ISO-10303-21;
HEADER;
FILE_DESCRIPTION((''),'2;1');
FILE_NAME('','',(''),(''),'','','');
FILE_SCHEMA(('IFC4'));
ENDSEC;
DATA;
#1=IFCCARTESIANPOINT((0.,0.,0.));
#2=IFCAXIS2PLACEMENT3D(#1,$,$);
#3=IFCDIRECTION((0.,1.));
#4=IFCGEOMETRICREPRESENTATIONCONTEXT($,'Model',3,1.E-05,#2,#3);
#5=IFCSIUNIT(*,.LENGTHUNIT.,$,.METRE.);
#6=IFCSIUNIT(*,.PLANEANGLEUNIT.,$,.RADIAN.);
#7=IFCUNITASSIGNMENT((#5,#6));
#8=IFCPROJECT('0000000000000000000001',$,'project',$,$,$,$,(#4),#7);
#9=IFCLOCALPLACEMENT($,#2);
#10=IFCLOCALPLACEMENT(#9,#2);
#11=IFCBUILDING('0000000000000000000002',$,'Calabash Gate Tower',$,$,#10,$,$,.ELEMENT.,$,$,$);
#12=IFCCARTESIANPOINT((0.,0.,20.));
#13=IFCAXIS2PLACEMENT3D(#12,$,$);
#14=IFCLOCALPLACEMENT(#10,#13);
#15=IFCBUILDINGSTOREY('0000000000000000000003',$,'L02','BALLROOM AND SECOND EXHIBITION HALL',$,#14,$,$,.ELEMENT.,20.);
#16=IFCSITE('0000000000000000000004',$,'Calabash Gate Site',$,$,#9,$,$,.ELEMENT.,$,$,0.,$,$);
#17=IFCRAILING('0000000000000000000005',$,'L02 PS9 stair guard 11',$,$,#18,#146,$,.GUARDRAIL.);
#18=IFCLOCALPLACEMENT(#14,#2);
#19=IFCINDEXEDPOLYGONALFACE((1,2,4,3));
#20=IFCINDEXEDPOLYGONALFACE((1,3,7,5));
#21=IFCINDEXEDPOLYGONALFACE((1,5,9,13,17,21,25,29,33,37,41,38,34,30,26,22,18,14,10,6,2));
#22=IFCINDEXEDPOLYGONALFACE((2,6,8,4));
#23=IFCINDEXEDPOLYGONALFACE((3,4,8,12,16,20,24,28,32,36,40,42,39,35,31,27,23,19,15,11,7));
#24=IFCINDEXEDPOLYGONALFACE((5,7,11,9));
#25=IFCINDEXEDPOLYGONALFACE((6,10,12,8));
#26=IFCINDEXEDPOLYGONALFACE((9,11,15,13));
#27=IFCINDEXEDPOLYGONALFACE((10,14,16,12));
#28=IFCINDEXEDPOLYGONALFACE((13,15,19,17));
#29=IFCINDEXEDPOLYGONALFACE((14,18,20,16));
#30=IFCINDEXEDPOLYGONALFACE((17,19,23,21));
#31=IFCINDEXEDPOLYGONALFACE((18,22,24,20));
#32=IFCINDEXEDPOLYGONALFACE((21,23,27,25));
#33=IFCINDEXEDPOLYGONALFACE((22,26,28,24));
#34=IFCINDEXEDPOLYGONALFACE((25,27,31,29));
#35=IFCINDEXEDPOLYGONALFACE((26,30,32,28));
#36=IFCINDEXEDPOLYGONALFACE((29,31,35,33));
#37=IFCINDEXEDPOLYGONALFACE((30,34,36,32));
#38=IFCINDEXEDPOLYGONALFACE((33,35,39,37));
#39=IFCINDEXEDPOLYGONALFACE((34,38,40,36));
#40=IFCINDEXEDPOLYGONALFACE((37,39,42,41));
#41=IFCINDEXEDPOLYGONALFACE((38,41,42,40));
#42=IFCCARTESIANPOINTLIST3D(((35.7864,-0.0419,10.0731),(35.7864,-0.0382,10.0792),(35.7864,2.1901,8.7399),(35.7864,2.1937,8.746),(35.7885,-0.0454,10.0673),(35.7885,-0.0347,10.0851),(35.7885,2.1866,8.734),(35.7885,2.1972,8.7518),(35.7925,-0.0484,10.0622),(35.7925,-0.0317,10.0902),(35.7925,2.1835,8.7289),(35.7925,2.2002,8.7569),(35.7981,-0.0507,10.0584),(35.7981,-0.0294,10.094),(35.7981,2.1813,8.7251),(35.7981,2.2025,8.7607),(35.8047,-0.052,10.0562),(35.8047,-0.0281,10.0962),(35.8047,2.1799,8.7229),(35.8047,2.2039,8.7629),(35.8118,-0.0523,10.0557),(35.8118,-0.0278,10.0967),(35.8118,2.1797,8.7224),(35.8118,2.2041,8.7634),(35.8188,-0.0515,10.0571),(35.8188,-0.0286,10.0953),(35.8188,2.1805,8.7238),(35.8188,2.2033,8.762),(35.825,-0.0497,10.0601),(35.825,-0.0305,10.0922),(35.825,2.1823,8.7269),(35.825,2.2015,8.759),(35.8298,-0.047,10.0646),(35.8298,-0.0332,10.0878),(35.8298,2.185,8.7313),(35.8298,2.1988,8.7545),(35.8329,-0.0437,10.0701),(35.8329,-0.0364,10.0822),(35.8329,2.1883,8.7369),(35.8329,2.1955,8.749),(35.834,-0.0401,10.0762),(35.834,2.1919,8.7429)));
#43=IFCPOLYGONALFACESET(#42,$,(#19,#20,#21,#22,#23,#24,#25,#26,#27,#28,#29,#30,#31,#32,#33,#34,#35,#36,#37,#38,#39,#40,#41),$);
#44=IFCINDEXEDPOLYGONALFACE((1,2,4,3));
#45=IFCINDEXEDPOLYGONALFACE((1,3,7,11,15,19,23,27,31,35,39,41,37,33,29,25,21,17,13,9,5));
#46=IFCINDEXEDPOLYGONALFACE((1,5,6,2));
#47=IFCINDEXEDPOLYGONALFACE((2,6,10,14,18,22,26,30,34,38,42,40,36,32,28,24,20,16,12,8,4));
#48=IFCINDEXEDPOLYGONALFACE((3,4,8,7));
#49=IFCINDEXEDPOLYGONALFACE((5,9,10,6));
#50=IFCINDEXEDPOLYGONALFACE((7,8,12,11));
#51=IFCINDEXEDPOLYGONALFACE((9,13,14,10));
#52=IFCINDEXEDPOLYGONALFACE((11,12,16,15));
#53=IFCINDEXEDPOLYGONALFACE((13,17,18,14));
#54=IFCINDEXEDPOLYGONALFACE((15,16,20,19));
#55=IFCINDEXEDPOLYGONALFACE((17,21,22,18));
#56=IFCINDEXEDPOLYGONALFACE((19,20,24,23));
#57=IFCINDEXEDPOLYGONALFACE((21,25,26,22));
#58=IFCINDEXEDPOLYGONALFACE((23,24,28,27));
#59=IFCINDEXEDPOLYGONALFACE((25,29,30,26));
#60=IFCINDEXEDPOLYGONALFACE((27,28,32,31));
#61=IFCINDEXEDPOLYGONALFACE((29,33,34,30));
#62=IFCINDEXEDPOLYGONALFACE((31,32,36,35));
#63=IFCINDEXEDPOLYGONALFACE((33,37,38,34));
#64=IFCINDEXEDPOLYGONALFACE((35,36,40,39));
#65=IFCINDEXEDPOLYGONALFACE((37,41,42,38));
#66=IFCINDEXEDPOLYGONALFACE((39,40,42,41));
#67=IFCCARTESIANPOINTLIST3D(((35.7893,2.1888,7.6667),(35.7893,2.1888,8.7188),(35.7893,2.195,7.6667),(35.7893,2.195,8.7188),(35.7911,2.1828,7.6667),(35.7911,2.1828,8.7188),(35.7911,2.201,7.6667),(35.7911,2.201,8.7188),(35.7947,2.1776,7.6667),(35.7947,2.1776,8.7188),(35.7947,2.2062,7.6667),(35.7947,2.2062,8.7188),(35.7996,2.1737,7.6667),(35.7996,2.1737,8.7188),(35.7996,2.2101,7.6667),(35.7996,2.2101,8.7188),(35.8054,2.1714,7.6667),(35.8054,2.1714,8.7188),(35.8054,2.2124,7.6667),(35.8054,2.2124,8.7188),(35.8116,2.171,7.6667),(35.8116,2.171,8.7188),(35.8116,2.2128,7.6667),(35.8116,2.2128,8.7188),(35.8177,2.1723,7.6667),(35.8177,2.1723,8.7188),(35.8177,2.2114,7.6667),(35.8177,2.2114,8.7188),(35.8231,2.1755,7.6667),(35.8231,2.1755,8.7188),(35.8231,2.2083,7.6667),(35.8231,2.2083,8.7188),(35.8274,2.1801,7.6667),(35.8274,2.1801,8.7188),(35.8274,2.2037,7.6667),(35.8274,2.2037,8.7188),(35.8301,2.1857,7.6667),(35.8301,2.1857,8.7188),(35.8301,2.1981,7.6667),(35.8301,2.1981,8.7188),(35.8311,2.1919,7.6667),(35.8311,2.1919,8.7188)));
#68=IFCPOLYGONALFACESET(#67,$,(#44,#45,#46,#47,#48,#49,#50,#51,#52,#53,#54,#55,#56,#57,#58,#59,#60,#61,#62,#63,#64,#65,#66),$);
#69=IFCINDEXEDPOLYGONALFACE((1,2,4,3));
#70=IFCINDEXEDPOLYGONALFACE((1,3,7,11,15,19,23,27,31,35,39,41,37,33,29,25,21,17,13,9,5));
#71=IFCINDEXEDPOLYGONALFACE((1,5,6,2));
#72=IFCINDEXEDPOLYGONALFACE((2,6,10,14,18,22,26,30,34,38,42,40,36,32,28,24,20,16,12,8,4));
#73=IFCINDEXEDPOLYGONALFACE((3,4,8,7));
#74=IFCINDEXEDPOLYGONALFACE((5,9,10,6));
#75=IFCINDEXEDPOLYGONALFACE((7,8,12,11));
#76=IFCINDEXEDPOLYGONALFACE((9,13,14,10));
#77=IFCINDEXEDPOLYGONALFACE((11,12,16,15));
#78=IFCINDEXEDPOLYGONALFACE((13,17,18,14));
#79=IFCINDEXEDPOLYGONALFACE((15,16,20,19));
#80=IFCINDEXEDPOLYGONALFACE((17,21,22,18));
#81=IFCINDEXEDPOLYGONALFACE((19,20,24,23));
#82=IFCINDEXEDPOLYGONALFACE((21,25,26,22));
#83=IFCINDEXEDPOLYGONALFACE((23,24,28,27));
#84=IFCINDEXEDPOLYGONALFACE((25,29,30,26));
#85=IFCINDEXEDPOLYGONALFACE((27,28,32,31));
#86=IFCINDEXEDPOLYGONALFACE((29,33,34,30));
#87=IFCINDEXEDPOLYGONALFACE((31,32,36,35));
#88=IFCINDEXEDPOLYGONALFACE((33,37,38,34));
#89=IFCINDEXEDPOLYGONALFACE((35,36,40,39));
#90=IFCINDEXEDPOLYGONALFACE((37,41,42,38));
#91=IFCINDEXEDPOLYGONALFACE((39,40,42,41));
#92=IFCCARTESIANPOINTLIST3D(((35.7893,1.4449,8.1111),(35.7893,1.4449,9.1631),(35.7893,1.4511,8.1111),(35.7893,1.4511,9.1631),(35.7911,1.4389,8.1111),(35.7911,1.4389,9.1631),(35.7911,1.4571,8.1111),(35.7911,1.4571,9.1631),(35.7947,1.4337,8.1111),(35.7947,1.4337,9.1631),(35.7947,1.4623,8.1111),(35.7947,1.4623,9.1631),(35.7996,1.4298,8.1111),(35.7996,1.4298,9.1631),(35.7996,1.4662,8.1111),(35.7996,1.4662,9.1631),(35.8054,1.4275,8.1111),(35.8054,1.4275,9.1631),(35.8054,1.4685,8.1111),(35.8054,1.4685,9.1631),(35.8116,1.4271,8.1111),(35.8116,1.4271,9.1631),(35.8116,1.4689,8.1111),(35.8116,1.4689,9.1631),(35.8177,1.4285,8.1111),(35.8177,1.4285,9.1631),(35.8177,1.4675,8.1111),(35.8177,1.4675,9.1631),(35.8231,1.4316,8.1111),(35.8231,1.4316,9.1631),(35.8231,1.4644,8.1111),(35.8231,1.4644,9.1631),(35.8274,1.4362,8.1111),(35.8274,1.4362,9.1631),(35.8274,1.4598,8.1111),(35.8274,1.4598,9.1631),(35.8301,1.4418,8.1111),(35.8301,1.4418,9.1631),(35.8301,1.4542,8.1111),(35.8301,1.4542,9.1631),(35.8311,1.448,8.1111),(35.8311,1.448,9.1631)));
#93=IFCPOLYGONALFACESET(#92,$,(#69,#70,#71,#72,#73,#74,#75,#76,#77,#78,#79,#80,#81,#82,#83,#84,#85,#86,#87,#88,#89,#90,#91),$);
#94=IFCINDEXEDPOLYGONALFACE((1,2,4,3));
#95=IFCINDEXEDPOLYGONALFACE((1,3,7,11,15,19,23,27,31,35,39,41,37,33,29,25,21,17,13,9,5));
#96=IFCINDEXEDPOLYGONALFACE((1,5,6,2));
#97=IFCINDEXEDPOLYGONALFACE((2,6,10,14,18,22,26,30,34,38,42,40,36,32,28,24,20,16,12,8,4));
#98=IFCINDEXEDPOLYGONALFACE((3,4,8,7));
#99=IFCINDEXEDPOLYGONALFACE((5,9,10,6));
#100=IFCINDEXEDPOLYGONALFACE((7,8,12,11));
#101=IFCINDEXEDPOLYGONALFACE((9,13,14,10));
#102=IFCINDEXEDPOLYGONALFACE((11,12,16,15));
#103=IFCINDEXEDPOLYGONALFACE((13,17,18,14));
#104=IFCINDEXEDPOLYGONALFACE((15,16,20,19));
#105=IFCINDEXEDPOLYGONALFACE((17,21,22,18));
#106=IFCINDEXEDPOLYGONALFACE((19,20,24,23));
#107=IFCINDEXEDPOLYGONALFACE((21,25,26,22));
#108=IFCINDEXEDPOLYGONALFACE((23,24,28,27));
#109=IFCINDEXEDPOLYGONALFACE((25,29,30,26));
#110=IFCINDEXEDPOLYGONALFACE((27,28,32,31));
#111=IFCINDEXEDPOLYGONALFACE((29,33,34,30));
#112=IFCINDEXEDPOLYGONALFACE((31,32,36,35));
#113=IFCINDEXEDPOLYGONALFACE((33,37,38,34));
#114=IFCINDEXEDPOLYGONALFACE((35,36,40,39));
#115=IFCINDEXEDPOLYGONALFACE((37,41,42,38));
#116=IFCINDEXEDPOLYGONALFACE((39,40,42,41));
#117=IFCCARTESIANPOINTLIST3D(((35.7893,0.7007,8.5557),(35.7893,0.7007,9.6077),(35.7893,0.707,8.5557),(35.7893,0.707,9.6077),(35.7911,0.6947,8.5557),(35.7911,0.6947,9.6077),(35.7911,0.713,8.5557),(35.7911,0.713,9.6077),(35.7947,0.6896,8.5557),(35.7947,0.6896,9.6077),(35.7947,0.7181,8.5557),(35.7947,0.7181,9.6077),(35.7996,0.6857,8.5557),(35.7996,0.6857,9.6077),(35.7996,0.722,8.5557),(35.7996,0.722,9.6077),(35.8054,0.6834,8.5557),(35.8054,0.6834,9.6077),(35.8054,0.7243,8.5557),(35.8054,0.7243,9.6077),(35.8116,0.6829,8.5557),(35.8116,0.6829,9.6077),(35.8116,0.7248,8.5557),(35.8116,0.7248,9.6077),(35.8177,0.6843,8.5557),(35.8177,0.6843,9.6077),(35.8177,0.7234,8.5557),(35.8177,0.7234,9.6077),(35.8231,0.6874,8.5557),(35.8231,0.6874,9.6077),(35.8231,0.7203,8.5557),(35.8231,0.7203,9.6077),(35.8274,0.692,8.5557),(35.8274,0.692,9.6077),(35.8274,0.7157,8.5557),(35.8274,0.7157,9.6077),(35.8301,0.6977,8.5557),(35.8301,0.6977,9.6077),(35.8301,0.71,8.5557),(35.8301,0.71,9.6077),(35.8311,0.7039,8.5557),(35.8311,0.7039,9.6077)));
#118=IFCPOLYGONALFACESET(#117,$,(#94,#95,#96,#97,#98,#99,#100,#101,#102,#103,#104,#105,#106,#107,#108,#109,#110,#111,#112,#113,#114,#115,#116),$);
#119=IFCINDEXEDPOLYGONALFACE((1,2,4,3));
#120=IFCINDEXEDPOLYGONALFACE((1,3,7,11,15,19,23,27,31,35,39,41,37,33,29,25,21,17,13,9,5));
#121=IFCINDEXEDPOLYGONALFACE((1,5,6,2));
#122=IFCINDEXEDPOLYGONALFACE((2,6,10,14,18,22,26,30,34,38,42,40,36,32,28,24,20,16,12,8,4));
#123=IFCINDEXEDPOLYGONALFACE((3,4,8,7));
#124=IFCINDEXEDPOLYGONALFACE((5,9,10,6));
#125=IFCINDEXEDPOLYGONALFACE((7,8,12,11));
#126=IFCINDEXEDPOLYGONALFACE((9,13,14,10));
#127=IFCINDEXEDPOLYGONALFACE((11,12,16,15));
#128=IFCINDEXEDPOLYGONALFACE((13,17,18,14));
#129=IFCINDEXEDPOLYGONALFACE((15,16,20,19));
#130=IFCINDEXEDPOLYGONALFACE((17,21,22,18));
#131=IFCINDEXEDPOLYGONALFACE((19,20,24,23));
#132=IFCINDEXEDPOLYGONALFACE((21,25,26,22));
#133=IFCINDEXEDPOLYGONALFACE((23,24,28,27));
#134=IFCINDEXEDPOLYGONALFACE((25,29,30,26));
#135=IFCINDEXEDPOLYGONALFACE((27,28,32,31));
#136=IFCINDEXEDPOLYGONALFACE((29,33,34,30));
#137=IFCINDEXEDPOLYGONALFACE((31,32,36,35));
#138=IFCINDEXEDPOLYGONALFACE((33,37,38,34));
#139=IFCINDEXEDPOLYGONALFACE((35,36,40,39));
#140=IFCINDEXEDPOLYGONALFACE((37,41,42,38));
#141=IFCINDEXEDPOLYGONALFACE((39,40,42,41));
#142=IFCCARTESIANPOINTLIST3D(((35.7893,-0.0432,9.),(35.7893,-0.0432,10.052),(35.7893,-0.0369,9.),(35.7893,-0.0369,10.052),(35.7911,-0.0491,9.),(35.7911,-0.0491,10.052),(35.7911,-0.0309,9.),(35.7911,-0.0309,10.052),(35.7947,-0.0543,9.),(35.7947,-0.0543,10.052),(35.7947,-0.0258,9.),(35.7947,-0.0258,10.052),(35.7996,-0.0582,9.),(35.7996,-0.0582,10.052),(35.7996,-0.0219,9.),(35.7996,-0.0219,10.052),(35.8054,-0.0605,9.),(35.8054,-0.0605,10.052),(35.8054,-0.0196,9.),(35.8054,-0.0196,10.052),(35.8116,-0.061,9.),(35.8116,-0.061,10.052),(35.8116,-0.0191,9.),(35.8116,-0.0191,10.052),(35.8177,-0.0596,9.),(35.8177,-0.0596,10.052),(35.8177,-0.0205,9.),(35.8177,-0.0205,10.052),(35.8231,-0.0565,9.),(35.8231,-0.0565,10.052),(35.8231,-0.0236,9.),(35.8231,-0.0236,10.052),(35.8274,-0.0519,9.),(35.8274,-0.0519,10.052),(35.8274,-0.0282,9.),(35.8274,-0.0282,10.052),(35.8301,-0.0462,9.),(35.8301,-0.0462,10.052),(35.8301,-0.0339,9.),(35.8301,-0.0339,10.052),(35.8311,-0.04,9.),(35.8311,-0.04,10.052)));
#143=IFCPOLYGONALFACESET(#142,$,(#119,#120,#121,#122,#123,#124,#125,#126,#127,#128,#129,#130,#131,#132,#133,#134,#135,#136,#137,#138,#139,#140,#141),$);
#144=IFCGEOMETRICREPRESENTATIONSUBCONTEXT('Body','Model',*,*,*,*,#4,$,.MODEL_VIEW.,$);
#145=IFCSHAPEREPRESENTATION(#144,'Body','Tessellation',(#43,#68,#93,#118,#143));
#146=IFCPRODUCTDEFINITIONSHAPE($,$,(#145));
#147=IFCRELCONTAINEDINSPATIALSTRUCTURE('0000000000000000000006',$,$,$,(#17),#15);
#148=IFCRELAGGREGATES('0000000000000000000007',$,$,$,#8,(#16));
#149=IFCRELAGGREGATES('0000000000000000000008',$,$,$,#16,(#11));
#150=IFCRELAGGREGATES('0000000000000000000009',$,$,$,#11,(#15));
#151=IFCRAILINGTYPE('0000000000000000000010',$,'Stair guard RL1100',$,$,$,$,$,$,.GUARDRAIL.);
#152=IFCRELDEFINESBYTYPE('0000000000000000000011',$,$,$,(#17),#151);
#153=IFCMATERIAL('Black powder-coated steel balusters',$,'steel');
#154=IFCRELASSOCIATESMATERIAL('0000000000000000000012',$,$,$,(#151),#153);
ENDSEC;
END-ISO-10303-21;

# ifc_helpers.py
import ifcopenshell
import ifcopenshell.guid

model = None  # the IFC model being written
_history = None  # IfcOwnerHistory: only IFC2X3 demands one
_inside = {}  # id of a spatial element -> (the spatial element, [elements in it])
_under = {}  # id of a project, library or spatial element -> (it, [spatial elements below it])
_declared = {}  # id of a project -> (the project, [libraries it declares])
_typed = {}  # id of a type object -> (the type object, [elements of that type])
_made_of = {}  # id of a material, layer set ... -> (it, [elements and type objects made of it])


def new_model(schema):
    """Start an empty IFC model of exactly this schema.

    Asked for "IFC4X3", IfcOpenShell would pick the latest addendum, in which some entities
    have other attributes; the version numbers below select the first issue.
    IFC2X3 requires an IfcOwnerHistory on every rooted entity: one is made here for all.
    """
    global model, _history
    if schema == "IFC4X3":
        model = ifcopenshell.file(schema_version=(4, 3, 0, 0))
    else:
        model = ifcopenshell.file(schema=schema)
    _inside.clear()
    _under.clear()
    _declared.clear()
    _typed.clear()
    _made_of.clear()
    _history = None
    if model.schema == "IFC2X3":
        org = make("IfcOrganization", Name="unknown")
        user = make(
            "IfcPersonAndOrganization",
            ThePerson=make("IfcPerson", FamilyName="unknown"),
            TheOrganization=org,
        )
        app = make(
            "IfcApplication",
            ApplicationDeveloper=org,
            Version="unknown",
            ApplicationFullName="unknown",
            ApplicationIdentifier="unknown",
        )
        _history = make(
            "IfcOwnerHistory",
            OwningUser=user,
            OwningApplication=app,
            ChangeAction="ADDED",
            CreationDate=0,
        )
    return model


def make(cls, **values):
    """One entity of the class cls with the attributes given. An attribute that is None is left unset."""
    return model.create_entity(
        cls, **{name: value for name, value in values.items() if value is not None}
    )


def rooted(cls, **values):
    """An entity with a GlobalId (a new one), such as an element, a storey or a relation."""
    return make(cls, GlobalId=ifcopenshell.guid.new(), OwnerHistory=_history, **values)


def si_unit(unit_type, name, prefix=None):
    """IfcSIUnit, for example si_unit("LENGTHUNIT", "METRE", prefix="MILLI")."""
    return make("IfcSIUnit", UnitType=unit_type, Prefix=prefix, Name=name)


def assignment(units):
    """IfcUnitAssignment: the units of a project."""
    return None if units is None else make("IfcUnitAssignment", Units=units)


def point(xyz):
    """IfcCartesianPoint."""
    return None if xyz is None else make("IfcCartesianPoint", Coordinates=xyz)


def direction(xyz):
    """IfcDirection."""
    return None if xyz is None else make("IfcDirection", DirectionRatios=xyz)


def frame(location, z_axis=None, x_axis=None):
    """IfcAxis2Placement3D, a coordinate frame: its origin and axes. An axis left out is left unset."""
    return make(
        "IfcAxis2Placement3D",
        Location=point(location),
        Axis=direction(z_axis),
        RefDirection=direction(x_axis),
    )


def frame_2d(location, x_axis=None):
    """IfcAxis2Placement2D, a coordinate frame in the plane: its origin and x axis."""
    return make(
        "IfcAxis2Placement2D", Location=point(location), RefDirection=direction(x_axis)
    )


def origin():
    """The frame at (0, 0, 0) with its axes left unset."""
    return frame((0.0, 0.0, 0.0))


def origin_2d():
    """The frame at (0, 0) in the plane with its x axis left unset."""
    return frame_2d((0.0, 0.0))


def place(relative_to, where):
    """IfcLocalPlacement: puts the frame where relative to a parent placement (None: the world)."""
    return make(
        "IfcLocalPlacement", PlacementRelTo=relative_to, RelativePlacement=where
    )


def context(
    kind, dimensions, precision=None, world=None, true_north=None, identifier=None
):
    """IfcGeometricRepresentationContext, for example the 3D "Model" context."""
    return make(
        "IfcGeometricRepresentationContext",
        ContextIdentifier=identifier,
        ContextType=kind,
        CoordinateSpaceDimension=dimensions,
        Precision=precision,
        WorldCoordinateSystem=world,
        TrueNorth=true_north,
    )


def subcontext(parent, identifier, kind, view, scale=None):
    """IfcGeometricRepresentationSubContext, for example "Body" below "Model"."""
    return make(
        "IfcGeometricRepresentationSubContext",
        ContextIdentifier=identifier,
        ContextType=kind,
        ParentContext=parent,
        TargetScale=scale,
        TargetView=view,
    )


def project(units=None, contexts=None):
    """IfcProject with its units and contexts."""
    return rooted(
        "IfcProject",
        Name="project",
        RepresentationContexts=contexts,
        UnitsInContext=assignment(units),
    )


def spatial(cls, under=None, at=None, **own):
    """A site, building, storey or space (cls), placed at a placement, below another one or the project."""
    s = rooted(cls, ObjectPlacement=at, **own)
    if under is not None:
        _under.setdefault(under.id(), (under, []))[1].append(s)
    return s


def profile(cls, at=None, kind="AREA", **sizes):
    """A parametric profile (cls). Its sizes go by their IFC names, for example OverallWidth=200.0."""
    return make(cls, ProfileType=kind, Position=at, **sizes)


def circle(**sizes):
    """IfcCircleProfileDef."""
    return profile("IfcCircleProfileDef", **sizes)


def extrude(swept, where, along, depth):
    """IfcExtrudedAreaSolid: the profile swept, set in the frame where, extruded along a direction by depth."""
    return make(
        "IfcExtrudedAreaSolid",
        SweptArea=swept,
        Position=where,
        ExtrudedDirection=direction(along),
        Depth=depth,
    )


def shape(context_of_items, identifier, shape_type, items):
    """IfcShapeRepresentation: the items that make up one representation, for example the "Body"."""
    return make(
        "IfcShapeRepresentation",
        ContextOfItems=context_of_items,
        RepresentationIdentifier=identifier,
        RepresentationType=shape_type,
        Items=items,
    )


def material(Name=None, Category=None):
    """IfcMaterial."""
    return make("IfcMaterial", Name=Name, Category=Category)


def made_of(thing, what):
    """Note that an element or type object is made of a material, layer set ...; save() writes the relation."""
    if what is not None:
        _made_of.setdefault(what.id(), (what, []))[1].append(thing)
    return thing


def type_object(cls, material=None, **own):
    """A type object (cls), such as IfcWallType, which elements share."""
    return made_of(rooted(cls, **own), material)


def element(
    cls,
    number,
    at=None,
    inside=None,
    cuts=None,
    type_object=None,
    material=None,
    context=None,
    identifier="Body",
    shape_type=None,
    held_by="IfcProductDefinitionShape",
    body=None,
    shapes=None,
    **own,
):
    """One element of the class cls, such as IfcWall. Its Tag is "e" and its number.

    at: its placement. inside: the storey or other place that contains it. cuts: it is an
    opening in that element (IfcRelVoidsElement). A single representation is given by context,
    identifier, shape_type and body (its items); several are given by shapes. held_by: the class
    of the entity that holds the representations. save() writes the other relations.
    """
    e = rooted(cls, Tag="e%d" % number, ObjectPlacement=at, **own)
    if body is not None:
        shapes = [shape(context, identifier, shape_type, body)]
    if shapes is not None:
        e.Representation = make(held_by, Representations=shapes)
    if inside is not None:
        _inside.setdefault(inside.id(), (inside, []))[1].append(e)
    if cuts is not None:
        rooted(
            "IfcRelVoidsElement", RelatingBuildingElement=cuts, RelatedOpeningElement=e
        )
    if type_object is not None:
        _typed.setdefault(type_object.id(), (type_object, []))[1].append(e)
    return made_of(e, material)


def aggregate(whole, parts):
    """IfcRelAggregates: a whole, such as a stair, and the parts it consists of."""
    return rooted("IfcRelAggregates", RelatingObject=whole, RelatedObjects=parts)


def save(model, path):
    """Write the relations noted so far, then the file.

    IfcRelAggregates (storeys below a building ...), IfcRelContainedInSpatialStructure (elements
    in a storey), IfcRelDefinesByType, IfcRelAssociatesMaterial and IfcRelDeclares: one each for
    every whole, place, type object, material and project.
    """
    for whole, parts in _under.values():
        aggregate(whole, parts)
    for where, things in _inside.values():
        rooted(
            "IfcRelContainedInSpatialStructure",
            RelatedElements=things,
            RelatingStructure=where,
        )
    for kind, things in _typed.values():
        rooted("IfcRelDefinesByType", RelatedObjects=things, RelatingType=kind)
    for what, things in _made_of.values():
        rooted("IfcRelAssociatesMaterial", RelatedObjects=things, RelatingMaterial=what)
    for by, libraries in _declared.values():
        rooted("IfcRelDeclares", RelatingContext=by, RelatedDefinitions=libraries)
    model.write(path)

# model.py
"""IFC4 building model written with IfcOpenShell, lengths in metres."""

from ifc_helpers import new_model, si_unit, direction, frame, origin, origin_2d, place, context, subcontext, project, spatial, circle, extrude, material, type_object, element, save


model = new_model("IFC4")

# Units and contexts
model_context = context("Model", 3, precision=1e-05, world=origin(), true_north=direction((0.0, 1.0)))
body_context = subcontext(model_context, "Body", "Model", "MODEL_VIEW")
ifc_project = project(units=[si_unit("LENGTHUNIT", "METRE"), si_unit("PLANEANGLEUNIT", "RADIAN")], contexts=[model_context])

# Site, building, storey
site_placement = place(None, origin())
site = spatial("IfcSite", under=ifc_project, at=site_placement, Name="Calabash Gate Site", CompositionType="ELEMENT", RefElevation=0.0)
building_placement = place(site_placement, origin())
building = spatial("IfcBuilding", under=site, at=building_placement, Name="Calabash Gate Tower", CompositionType="ELEMENT")
storey_placement = place(building_placement, frame((0.0, 0.0, 20.0)))
storey = spatial("IfcBuildingStorey", under=building, at=storey_placement, Name="L02", Description="BALLROOM AND SECOND EXHIBITION HALL", CompositionType="ELEMENT", Elevation=20.0)

# Railing
ifc_material_1 = material(Name="Black powder-coated steel balusters", Category="steel")
railing_type = type_object("IfcRailingType", Name="Stair guard RL1100", PredefinedType="GUARDRAIL", material=ifc_material_1)
railing_1_placement = place(storey_placement, frame((35.8101, 2.1919, 7.6667)))
element("IfcRailing", 1, at=railing_1_placement, inside=storey, type_object=railing_type, Name="L02 PS9 stair guard 11", PredefinedType="GUARDRAIL", context=body_context, shape_type="SweptSolid", body=[
    extrude(circle(Radius=0.0239, at=origin_2d()), frame((0.0, 0.0, 1.0762), z_axis=(0.0, -0.858494, 0.512824), x_axis=(1.0, 0.0, 0.0)), (0.0, 0.0, 1.0), 2.5999),
    extrude(circle(Radius=0.021, at=origin_2d()), origin(), (0.0, 0.0, 1.0), 1.052),
    extrude(circle(Radius=0.021, at=origin_2d()), frame((0.0, -0.7439, 0.4443)), (0.0, 0.0, 1.0), 1.052),
    extrude(circle(Radius=0.021, at=origin_2d()), frame((0.0, -1.488, 0.8889)), (0.0, 0.0, 1.0), 1.052),
    extrude(circle(Radius=0.021, at=origin_2d()), frame((0.0, -2.2319, 1.3333)), (0.0, 0.0, 1.0), 1.052),
])

save(model, "model.ifc")
